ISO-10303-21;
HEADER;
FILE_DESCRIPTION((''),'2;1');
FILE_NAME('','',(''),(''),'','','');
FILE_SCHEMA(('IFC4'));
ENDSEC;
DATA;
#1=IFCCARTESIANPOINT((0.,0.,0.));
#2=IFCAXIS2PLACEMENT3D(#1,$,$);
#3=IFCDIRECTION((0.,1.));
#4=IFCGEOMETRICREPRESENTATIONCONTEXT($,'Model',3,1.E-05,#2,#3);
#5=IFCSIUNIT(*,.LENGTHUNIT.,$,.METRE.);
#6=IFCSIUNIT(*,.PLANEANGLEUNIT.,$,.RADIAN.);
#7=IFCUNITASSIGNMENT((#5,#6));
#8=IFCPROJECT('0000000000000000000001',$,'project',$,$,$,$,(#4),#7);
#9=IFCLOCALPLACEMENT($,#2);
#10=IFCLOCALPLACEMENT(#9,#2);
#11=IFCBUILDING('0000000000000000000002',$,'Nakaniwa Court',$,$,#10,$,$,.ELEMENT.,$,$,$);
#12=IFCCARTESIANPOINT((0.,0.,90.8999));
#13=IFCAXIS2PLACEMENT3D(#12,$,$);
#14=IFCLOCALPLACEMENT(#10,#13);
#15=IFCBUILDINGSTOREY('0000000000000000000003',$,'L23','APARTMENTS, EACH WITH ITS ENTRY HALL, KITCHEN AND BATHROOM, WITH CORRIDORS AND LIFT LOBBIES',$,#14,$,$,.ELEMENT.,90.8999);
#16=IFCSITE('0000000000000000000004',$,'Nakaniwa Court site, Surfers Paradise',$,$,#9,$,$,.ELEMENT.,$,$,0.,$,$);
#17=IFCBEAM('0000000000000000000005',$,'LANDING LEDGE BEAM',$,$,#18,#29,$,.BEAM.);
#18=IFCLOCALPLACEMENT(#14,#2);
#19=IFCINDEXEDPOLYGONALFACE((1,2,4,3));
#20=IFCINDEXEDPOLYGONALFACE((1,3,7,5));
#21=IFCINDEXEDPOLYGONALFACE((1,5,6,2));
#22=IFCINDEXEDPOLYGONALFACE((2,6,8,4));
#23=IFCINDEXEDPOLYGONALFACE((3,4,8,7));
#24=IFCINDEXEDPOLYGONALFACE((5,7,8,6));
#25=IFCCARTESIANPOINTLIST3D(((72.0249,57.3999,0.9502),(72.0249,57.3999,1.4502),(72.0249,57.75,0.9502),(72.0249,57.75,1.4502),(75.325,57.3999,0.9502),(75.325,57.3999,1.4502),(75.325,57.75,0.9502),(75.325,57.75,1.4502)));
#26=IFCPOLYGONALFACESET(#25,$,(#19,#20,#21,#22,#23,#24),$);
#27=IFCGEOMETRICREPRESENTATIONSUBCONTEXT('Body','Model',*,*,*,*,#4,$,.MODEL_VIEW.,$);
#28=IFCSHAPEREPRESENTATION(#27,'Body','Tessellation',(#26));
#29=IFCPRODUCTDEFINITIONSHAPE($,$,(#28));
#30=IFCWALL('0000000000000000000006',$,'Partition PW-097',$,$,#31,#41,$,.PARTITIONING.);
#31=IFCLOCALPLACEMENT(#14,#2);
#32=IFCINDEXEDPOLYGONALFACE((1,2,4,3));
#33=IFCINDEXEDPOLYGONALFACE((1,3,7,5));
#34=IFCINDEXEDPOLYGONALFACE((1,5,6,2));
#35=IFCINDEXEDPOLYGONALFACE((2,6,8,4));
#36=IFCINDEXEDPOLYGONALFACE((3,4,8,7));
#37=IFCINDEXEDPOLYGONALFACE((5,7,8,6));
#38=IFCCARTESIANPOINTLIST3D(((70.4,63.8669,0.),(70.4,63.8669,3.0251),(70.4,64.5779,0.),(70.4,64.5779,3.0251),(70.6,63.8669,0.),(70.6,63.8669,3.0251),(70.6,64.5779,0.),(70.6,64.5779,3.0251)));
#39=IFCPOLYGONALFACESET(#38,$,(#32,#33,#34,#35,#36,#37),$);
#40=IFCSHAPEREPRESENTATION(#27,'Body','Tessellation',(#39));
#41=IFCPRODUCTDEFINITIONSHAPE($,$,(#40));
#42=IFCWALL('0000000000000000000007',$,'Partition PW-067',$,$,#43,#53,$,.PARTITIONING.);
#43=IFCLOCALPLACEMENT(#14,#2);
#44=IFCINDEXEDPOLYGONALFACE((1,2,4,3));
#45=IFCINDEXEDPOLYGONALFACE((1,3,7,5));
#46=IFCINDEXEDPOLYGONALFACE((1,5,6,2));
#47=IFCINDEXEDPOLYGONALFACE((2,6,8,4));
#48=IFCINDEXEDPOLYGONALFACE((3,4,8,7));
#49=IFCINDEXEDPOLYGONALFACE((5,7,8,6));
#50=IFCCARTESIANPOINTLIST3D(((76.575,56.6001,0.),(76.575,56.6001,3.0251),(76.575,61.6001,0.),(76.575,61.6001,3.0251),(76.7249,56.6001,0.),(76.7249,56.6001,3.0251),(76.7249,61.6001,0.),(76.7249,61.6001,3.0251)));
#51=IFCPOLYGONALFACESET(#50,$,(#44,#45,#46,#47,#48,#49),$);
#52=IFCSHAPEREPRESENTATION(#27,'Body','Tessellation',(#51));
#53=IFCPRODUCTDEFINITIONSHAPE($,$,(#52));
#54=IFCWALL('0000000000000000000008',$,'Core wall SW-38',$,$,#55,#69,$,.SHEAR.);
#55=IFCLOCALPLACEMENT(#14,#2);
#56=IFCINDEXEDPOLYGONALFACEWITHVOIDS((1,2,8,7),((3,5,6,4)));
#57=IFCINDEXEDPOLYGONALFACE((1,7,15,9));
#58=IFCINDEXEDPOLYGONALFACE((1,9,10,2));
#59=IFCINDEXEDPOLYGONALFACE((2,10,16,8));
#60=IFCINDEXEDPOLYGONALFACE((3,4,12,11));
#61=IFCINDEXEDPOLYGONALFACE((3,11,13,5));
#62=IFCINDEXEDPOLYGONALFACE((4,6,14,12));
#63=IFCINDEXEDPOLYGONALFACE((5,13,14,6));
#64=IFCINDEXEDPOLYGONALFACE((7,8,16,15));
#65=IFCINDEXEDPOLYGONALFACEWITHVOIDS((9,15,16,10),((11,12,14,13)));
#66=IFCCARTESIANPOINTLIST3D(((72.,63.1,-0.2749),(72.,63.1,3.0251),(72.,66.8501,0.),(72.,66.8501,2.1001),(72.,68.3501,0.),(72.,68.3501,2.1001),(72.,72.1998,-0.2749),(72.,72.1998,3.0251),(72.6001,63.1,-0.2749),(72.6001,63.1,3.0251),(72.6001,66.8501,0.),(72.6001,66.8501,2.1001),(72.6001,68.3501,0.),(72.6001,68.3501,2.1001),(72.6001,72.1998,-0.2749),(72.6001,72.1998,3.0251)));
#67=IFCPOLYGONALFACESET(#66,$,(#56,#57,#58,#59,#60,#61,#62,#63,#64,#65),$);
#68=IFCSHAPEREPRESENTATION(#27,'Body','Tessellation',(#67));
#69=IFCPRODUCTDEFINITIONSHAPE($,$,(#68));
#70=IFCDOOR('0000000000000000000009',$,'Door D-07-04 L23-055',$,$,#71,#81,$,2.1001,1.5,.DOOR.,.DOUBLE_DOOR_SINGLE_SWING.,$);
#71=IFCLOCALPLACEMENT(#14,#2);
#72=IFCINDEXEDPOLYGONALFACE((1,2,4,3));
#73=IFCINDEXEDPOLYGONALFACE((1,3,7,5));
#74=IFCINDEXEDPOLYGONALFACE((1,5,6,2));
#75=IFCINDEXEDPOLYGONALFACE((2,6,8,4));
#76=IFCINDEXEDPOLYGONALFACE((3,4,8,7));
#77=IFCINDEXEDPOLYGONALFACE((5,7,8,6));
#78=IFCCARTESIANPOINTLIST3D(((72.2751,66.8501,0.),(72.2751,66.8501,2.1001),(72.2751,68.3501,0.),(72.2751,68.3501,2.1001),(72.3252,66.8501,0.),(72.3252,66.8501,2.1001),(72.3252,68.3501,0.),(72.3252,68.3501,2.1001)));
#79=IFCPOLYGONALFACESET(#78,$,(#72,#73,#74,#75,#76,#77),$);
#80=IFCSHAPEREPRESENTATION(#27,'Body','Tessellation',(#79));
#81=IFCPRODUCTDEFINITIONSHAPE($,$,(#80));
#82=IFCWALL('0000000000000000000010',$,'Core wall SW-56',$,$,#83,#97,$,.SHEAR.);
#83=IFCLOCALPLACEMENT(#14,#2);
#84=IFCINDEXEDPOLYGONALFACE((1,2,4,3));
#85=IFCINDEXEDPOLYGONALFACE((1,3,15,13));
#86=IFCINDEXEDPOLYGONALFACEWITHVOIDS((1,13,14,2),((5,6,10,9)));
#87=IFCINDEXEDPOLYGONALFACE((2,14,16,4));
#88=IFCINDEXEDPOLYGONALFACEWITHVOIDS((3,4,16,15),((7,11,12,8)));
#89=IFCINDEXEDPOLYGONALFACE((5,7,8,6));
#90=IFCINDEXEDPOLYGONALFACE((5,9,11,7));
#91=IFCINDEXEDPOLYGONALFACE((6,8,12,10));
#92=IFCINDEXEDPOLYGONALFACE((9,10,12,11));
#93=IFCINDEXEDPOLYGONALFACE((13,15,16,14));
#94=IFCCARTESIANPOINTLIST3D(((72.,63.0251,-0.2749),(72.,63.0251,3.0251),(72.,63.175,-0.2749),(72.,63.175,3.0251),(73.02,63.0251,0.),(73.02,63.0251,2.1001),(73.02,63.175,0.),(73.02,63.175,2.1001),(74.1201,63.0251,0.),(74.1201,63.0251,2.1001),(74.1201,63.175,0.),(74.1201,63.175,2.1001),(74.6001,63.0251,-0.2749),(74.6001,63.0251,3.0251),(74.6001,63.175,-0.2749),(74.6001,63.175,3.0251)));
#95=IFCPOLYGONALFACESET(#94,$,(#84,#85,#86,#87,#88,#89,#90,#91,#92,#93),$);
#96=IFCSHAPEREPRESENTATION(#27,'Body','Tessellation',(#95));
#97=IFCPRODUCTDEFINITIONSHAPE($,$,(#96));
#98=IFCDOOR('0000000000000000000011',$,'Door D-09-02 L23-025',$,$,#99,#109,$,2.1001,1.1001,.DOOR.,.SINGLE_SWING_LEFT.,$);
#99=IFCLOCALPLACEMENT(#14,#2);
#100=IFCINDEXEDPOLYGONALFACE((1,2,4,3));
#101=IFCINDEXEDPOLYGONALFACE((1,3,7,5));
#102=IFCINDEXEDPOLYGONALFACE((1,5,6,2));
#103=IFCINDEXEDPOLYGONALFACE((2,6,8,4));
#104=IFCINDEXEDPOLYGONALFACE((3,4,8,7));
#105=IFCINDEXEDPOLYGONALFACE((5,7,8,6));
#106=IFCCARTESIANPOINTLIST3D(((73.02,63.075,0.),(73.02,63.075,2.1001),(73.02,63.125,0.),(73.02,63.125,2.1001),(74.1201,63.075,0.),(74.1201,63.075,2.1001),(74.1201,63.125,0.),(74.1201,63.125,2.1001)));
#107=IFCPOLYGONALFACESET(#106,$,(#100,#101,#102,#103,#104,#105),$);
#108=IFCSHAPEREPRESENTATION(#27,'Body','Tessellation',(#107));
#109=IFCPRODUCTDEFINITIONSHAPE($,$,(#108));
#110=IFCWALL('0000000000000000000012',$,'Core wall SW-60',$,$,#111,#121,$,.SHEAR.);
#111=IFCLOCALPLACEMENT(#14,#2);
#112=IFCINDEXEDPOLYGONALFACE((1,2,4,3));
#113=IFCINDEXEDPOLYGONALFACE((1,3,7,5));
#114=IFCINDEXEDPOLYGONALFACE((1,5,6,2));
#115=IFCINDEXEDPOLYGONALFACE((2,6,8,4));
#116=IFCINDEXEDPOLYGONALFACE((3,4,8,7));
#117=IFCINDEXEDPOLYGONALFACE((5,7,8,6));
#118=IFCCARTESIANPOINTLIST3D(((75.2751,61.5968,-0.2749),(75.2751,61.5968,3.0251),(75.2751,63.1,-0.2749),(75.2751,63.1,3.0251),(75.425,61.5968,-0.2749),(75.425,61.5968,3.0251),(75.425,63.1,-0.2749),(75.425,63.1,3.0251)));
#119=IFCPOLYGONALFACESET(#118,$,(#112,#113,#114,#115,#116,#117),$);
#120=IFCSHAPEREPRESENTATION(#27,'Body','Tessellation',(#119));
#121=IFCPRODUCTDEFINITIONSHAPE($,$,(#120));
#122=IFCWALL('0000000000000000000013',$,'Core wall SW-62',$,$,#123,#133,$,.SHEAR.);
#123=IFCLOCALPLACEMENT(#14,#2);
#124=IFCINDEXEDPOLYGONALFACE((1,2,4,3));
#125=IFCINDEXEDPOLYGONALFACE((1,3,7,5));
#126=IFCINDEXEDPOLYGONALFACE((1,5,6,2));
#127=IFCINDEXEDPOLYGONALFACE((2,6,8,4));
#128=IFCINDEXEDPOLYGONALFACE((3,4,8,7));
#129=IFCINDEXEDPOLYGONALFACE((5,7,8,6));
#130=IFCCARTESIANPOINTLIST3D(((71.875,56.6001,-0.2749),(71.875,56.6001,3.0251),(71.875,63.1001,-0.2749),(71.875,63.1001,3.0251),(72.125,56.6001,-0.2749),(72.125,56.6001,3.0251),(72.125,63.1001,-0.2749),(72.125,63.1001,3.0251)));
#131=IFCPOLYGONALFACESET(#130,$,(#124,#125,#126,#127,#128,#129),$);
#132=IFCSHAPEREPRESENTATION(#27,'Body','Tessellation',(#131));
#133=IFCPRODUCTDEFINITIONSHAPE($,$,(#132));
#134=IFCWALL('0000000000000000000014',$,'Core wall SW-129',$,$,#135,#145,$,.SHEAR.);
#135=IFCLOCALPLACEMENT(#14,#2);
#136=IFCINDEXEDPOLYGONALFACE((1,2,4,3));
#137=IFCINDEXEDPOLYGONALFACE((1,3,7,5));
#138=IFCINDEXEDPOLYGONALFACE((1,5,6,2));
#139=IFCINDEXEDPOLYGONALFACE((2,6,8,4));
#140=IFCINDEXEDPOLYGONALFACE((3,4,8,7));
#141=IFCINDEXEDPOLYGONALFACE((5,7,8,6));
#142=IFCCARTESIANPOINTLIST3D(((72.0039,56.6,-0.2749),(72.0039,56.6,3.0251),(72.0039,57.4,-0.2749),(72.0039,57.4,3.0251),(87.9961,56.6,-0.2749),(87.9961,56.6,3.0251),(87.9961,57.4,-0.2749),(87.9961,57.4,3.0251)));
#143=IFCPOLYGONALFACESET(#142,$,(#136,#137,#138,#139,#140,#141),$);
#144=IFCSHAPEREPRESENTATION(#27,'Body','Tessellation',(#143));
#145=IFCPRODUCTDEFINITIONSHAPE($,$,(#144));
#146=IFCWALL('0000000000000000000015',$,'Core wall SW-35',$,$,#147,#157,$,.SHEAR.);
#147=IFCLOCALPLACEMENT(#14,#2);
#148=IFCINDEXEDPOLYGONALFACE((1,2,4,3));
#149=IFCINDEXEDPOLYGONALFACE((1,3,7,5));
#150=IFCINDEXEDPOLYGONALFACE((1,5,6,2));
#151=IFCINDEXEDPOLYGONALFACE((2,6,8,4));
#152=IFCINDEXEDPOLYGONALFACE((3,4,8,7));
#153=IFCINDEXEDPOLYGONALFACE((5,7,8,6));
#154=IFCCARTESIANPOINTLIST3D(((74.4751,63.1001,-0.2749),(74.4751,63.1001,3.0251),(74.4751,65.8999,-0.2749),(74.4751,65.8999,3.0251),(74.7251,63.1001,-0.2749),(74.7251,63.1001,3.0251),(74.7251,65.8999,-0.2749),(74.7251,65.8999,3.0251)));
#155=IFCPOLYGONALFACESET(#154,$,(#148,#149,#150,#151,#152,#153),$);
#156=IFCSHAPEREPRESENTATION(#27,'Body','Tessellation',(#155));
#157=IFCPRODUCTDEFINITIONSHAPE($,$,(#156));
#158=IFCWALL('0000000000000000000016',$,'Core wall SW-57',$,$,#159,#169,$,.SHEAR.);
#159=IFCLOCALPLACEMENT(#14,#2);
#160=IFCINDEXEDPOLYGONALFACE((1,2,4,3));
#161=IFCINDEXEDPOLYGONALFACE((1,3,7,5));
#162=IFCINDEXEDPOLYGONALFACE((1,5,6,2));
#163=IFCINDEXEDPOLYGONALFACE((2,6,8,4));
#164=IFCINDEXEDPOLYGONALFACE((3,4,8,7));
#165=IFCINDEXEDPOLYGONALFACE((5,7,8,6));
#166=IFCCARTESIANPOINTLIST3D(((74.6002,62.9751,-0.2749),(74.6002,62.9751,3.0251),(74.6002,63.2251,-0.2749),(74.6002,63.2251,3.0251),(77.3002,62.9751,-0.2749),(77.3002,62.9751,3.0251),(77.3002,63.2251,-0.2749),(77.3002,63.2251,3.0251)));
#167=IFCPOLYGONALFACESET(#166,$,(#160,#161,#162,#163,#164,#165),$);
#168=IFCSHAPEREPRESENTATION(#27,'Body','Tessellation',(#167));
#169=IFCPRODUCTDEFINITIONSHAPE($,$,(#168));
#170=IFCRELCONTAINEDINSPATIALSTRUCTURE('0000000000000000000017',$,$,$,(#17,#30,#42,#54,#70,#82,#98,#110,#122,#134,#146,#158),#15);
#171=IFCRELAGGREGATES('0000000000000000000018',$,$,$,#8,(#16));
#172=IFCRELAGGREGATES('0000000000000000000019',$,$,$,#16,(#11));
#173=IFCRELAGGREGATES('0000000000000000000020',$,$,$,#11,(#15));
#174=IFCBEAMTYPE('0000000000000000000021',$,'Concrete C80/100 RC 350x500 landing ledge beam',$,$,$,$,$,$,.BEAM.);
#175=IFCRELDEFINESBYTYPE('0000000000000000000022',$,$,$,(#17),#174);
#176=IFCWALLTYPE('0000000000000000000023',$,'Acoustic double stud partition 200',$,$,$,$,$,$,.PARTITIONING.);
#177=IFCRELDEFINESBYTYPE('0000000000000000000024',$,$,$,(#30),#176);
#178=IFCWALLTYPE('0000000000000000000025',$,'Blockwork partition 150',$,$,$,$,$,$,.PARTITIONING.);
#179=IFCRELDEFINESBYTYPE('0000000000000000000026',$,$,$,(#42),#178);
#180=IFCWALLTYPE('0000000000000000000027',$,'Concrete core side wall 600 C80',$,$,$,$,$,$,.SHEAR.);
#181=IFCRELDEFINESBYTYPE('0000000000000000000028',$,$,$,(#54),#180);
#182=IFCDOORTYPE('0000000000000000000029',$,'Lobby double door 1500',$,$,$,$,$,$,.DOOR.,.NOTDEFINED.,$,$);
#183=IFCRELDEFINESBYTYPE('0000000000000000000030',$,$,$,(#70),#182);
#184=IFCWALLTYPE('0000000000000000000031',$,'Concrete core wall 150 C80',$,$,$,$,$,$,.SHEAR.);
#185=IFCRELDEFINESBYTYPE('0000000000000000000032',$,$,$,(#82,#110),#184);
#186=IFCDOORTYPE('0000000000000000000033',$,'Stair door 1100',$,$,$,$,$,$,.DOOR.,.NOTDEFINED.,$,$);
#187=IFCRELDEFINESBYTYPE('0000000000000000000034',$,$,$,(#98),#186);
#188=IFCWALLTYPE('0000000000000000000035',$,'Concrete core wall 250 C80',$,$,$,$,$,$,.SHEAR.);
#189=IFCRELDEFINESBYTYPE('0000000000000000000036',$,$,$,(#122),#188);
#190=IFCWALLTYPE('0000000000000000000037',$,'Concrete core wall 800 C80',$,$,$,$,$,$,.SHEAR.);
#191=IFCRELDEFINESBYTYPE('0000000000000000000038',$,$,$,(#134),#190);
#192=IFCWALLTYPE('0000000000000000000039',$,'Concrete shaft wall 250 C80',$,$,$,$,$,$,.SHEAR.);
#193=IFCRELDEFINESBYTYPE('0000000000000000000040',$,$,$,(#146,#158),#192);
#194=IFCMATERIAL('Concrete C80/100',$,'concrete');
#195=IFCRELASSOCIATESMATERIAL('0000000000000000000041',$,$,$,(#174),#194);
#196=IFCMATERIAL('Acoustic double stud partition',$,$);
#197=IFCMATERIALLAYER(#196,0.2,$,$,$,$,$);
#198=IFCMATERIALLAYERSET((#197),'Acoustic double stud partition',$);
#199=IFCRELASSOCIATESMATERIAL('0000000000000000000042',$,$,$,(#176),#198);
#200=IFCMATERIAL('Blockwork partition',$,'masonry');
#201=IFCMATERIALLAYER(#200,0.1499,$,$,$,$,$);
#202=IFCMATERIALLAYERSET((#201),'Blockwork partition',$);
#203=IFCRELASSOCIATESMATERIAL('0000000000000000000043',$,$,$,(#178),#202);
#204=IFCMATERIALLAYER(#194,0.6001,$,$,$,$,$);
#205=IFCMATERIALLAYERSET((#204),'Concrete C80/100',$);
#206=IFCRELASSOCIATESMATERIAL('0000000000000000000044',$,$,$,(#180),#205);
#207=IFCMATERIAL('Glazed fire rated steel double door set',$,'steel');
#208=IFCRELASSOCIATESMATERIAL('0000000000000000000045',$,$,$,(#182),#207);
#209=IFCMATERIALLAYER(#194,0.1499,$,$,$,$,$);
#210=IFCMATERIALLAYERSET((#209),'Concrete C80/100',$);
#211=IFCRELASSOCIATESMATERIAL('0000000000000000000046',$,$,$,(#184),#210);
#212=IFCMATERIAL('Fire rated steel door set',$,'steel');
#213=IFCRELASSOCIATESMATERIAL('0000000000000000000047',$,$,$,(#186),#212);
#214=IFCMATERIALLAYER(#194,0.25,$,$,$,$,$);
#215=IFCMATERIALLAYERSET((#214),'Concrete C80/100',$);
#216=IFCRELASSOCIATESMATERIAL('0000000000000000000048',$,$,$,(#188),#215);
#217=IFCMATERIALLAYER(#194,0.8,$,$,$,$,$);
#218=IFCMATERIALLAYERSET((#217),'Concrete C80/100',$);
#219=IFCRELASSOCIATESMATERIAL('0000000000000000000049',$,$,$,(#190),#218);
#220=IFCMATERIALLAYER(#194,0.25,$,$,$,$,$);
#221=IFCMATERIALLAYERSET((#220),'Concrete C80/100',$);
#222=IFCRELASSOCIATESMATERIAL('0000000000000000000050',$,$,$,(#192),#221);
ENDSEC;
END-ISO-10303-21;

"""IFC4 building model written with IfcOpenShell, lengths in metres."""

from ifc_helpers import new_model, si_unit, direction, frame, frame_2d, origin, origin_2d, place, context, subcontext, project, spatial, rectangle, extrude, material, layer, layer_set, material_profile, profile_set, type_object, element, fill, save


model = new_model("IFC4")

# Units and contexts
model_context = context("Model", 3, precision=1e-05, world=origin(), true_north=direction((0.0, 1.0)))
body_context = subcontext(model_context, "Body", "Model", "MODEL_VIEW")
ifc_project = project(units=[si_unit("LENGTHUNIT", "METRE"), si_unit("PLANEANGLEUNIT", "RADIAN")], contexts=[model_context])

# Site, building, storey
site_placement = place(None, origin())
site = spatial("IfcSite", under=ifc_project, at=site_placement, Name="Nakaniwa Court site, Surfers Paradise", CompositionType="ELEMENT", RefElevation=0.0)
building_placement = place(site_placement, origin())
building = spatial("IfcBuilding", under=site, at=building_placement, Name="Nakaniwa Court", CompositionType="ELEMENT")
storey_placement = place(building_placement, frame((0.0, 0.0, 90.8999)))
storey = spatial("IfcBuildingStorey", under=building, at=storey_placement, Name="L23", Description="APARTMENTS, EACH WITH ITS ENTRY HALL, KITCHEN AND BATHROOM, WITH CORRIDORS AND LIFT LOBBIES", CompositionType="ELEMENT", Elevation=90.8999)

# Beam
ifc_material_1 = material(Name="Concrete C80/100", Category="concrete")
ifc_material_profile = material_profile(ifc_material_1, rectangle(XDim=0.3501, YDim=0.5, at=origin_2d()), Name="Concrete C80/100 RC 350x500 landing ledge beam")
ifc_profile_set = profile_set([ifc_material_profile], Name="Concrete C80/100")
beam_type = type_object("IfcBeamType", Name="Concrete C80/100 RC 350x500 landing ledge beam", PredefinedType="BEAM", material=ifc_profile_set)
beam_placement = place(storey_placement, frame((72.0249, 57.575, 1.2002), z_axis=(1.0, 0.0, 0.0), x_axis=(0.0, 1.0, 0.0)))
element("IfcBeam", 1, at=beam_placement, inside=storey, type_object=beam_type, Name="LANDING LEDGE BEAM", PredefinedType="BEAM", context=body_context, shape_type="SweptSolid", body=[
    extrude(rectangle(XDim=0.3501, YDim=0.5, at=origin_2d()), origin(), (0.0, 0.0, 1.0), 3.3),
])

# Walls
ifc_material_2 = material(Name="Acoustic double stud partition")
ifc_layer_1 = layer(ifc_material_2, 0.2)
ifc_layer_set_1 = layer_set([ifc_layer_1], Name="Acoustic double stud partition")
wall_type_1 = type_object("IfcWallType", Name="Acoustic double stud partition 200", PredefinedType="PARTITIONING", material=ifc_layer_set_1)
wall_1_placement = place(storey_placement, frame((70.5, 63.8669, 0.0), z_axis=(0.0, 0.0, 1.0), x_axis=(0.0, 1.0, 0.0)))
element("IfcWall", 2, at=wall_1_placement, inside=storey, type_object=wall_type_1, Name="Partition PW-097", PredefinedType="PARTITIONING", context=body_context, shape_type="SweptSolid", body=[
    extrude(rectangle(XDim=0.7109, YDim=0.2, at=frame_2d((0.3555, 0.0))), origin(), (0.0, 0.0, 1.0), 3.0251),
])
ifc_material_3 = material(Name="Blockwork partition", Category="masonry")
ifc_layer_2 = layer(ifc_material_3, 0.1499)
ifc_layer_set_2 = layer_set([ifc_layer_2], Name="Blockwork partition")
wall_type_2 = type_object("IfcWallType", Name="Blockwork partition 150", PredefinedType="PARTITIONING", material=ifc_layer_set_2)
wall_2_placement = place(storey_placement, frame((76.6499, 56.6001, 0.0), z_axis=(0.0, 0.0, 1.0), x_axis=(0.0, 1.0, 0.0)))
element("IfcWall", 3, at=wall_2_placement, inside=storey, type_object=wall_type_2, Name="Partition PW-067", PredefinedType="PARTITIONING", context=body_context, shape_type="SweptSolid", body=[
    extrude(rectangle(XDim=5.0, YDim=0.1499, at=frame_2d((2.5, 0.0))), origin(), (0.0, 0.0, 1.0), 3.0251),
])

# Walls, openings, doors
ifc_layer_3 = layer(ifc_material_1, 0.6001)
ifc_layer_set_3 = layer_set([ifc_layer_3], Name="Concrete C80/100")
wall_type_3 = type_object("IfcWallType", Name="Concrete core side wall 600 C80", PredefinedType="SHEAR", material=ifc_layer_set_3)
wall_3_placement = place(storey_placement, frame((72.3, 63.1001, -0.2749), z_axis=(0.0, 0.0, 1.0), x_axis=(0.0, 1.0, 0.0)))
wall_3 = element("IfcWall", 4, at=wall_3_placement, inside=storey, type_object=wall_type_3, Name="Core wall SW-38", PredefinedType="SHEAR", context=body_context, shape_type="SweptSolid", body=[
    extrude(rectangle(XDim=9.0999, YDim=0.6001, at=frame_2d((4.5498, 0.0))), origin(), (0.0, 0.0, 1.0), 3.3),
])
opening_1_placement = place(wall_3_placement, frame((3.75, 0.0, 0.2749)))
opening_1 = element("IfcOpeningElement", 5, at=opening_1_placement, cuts=wall_3, PredefinedType="OPENING", context=body_context, shape_type="SweptSolid", body=[
    extrude(rectangle(XDim=1.5, YDim=2.1001, at=frame_2d((0.75, 1.05))), frame((0.0, 0.3101, 0.0), z_axis=(0.0, -1.0, 0.0), x_axis=(1.0, 0.0, 0.0)), (0.0, 0.0, 1.0), 0.6201),
])
ifc_material_4 = material(Name="Glazed fire rated steel double door set", Category="steel")
door_type_1 = type_object("IfcDoorType", Name="Lobby double door 1500", OperationType="NOTDEFINED", PredefinedType="DOOR", material=ifc_material_4)
door_1_placement = place(opening_1_placement, origin())
door_1 = element("IfcDoor", 6, at=door_1_placement, inside=storey, type_object=door_type_1, Name="Door D-07-04 L23-055", OperationType="DOUBLE_DOOR_SINGLE_SWING", OverallHeight=2.1001, OverallWidth=1.5, PredefinedType="DOOR", context=body_context, shape_type="SweptSolid", body=[
    extrude(rectangle(XDim=1.5, YDim=2.1001, at=frame_2d((0.75, 1.05))), frame((0.0, 0.0249, 0.0), z_axis=(0.0, -1.0, 0.0), x_axis=(1.0, 0.0, 0.0)), (0.0, 0.0, 1.0), 0.05),
])
fill(opening_1, door_1)
ifc_layer_4 = layer(ifc_material_1, 0.1499)
ifc_layer_set_4 = layer_set([ifc_layer_4], Name="Concrete C80/100")
wall_type_4 = type_object("IfcWallType", Name="Concrete core wall 150 C80", PredefinedType="SHEAR", material=ifc_layer_set_4)
wall_4_placement = place(storey_placement, frame((72.0, 63.1001, -0.2749), z_axis=(0.0, 0.0, 1.0), x_axis=(1.0, 0.0, 0.0)))
wall_4 = element("IfcWall", 7, at=wall_4_placement, inside=storey, type_object=wall_type_4, Name="Core wall SW-56", PredefinedType="SHEAR", context=body_context, shape_type="SweptSolid", body=[
    extrude(rectangle(XDim=2.6001, YDim=0.1499, at=frame_2d((1.3, 0.0))), origin(), (0.0, 0.0, 1.0), 3.3),
])
opening_2_placement = place(wall_4_placement, frame((1.02, 0.0, 0.2749)))
opening_2 = element("IfcOpeningElement", 8, at=opening_2_placement, cuts=wall_4, PredefinedType="OPENING", context=body_context, shape_type="SweptSolid", body=[
    extrude(rectangle(XDim=1.1001, YDim=2.1001, at=frame_2d((0.55, 1.05))), frame((0.0, 0.085, 0.0), z_axis=(0.0, -1.0, 0.0), x_axis=(1.0, 0.0, 0.0)), (0.0, 0.0, 1.0), 0.1699),
])
ifc_material_5 = material(Name="Fire rated steel door set", Category="steel")
door_type_2 = type_object("IfcDoorType", Name="Stair door 1100", OperationType="NOTDEFINED", PredefinedType="DOOR", material=ifc_material_5)
door_2_placement = place(opening_2_placement, origin())
door_2 = element("IfcDoor", 9, at=door_2_placement, inside=storey, type_object=door_type_2, Name="Door D-09-02 L23-025", OperationType="SINGLE_SWING_LEFT", OverallHeight=2.1001, OverallWidth=1.1001, PredefinedType="DOOR", context=body_context, shape_type="SweptSolid", body=[
    extrude(rectangle(XDim=1.1001, YDim=2.1001, at=frame_2d((0.55, 1.05))), frame((0.0, 0.0249, 0.0), z_axis=(0.0, -1.0, 0.0), x_axis=(1.0, 0.0, 0.0)), (0.0, 0.0, 1.0), 0.05),
])
fill(opening_2, door_2)

# Walls
wall_5_placement = place(storey_placement, frame((75.3501, 61.5969, -0.2749), z_axis=(0.0, 0.0, 1.0), x_axis=(0.0, 1.0, 0.0)))
element("IfcWall", 10, at=wall_5_placement, inside=storey, type_object=wall_type_4, Name="Core wall SW-60", PredefinedType="SHEAR", context=body_context, shape_type="SweptSolid", body=[
    extrude(rectangle(XDim=1.5032, YDim=0.1499, at=frame_2d((0.7515, 0.0))), origin(), (0.0, 0.0, 1.0), 3.3),
])
ifc_layer_5 = layer(ifc_material_1, 0.25)
ifc_layer_set_5 = layer_set([ifc_layer_5], Name="Concrete C80/100")
wall_type_5 = type_object("IfcWallType", Name="Concrete core wall 250 C80", PredefinedType="SHEAR", material=ifc_layer_set_5)
wall_6_placement = place(storey_placement, frame((72.0, 56.6001, -0.2749), z_axis=(0.0, 0.0, 1.0), x_axis=(0.0, 1.0, 0.0)))
element("IfcWall", 11, at=wall_6_placement, inside=storey, type_object=wall_type_5, Name="Core wall SW-62", PredefinedType="SHEAR", context=body_context, shape_type="SweptSolid", body=[
    extrude(rectangle(XDim=6.5, YDim=0.25, at=frame_2d((3.25, 0.0))), origin(), (0.0, 0.0, 1.0), 3.3),
])
ifc_layer_6 = layer(ifc_material_1, 0.8)
ifc_layer_set_6 = layer_set([ifc_layer_6], Name="Concrete C80/100")
wall_type_6 = type_object("IfcWallType", Name="Concrete core wall 800 C80", PredefinedType="SHEAR", material=ifc_layer_set_6)
wall_7_placement = place(storey_placement, frame((72.0039, 57.0, -0.2749), z_axis=(0.0, 0.0, 1.0), x_axis=(1.0, 0.0, 0.0)))
element("IfcWall", 12, at=wall_7_placement, inside=storey, type_object=wall_type_6, Name="Core wall SW-129", PredefinedType="SHEAR", context=body_context, shape_type="SweptSolid", body=[
    extrude(rectangle(XDim=15.9922, YDim=0.8, at=frame_2d((7.9961, 0.0))), origin(), (0.0, 0.0, 1.0), 3.3),
])
ifc_layer_7 = layer(ifc_material_1, 0.25)
ifc_layer_set_7 = layer_set([ifc_layer_7], Name="Concrete C80/100")
wall_type_7 = type_object("IfcWallType", Name="Concrete shaft wall 250 C80", PredefinedType="SHEAR", material=ifc_layer_set_7)
wall_8_placement = place(storey_placement, frame((74.6001, 63.1001, -0.2749), z_axis=(0.0, 0.0, 1.0), x_axis=(0.0, 1.0, 0.0)))
element("IfcWall", 13, at=wall_8_placement, inside=storey, type_object=wall_type_7, Name="Core wall SW-35", PredefinedType="SHEAR", context=body_context, shape_type="SweptSolid", body=[
    extrude(rectangle(XDim=2.7998, YDim=0.25, at=frame_2d((1.3999, 0.0))), origin(), (0.0, 0.0, 1.0), 3.3),
])
wall_9_placement = place(storey_placement, frame((74.6001, 63.1001, -0.2749), z_axis=(0.0, 0.0, 1.0), x_axis=(1.0, 0.0, 0.0)))
element("IfcWall", 14, at=wall_9_placement, inside=storey, type_object=wall_type_7, Name="Core wall SW-57", PredefinedType="SHEAR", context=body_context, shape_type="SweptSolid", body=[
    extrude(rectangle(XDim=2.7, YDim=0.25, at=frame_2d((1.3501, 0.0))), origin(), (0.0, 0.0, 1.0), 3.3),
])

save(model, "model.ifc")
